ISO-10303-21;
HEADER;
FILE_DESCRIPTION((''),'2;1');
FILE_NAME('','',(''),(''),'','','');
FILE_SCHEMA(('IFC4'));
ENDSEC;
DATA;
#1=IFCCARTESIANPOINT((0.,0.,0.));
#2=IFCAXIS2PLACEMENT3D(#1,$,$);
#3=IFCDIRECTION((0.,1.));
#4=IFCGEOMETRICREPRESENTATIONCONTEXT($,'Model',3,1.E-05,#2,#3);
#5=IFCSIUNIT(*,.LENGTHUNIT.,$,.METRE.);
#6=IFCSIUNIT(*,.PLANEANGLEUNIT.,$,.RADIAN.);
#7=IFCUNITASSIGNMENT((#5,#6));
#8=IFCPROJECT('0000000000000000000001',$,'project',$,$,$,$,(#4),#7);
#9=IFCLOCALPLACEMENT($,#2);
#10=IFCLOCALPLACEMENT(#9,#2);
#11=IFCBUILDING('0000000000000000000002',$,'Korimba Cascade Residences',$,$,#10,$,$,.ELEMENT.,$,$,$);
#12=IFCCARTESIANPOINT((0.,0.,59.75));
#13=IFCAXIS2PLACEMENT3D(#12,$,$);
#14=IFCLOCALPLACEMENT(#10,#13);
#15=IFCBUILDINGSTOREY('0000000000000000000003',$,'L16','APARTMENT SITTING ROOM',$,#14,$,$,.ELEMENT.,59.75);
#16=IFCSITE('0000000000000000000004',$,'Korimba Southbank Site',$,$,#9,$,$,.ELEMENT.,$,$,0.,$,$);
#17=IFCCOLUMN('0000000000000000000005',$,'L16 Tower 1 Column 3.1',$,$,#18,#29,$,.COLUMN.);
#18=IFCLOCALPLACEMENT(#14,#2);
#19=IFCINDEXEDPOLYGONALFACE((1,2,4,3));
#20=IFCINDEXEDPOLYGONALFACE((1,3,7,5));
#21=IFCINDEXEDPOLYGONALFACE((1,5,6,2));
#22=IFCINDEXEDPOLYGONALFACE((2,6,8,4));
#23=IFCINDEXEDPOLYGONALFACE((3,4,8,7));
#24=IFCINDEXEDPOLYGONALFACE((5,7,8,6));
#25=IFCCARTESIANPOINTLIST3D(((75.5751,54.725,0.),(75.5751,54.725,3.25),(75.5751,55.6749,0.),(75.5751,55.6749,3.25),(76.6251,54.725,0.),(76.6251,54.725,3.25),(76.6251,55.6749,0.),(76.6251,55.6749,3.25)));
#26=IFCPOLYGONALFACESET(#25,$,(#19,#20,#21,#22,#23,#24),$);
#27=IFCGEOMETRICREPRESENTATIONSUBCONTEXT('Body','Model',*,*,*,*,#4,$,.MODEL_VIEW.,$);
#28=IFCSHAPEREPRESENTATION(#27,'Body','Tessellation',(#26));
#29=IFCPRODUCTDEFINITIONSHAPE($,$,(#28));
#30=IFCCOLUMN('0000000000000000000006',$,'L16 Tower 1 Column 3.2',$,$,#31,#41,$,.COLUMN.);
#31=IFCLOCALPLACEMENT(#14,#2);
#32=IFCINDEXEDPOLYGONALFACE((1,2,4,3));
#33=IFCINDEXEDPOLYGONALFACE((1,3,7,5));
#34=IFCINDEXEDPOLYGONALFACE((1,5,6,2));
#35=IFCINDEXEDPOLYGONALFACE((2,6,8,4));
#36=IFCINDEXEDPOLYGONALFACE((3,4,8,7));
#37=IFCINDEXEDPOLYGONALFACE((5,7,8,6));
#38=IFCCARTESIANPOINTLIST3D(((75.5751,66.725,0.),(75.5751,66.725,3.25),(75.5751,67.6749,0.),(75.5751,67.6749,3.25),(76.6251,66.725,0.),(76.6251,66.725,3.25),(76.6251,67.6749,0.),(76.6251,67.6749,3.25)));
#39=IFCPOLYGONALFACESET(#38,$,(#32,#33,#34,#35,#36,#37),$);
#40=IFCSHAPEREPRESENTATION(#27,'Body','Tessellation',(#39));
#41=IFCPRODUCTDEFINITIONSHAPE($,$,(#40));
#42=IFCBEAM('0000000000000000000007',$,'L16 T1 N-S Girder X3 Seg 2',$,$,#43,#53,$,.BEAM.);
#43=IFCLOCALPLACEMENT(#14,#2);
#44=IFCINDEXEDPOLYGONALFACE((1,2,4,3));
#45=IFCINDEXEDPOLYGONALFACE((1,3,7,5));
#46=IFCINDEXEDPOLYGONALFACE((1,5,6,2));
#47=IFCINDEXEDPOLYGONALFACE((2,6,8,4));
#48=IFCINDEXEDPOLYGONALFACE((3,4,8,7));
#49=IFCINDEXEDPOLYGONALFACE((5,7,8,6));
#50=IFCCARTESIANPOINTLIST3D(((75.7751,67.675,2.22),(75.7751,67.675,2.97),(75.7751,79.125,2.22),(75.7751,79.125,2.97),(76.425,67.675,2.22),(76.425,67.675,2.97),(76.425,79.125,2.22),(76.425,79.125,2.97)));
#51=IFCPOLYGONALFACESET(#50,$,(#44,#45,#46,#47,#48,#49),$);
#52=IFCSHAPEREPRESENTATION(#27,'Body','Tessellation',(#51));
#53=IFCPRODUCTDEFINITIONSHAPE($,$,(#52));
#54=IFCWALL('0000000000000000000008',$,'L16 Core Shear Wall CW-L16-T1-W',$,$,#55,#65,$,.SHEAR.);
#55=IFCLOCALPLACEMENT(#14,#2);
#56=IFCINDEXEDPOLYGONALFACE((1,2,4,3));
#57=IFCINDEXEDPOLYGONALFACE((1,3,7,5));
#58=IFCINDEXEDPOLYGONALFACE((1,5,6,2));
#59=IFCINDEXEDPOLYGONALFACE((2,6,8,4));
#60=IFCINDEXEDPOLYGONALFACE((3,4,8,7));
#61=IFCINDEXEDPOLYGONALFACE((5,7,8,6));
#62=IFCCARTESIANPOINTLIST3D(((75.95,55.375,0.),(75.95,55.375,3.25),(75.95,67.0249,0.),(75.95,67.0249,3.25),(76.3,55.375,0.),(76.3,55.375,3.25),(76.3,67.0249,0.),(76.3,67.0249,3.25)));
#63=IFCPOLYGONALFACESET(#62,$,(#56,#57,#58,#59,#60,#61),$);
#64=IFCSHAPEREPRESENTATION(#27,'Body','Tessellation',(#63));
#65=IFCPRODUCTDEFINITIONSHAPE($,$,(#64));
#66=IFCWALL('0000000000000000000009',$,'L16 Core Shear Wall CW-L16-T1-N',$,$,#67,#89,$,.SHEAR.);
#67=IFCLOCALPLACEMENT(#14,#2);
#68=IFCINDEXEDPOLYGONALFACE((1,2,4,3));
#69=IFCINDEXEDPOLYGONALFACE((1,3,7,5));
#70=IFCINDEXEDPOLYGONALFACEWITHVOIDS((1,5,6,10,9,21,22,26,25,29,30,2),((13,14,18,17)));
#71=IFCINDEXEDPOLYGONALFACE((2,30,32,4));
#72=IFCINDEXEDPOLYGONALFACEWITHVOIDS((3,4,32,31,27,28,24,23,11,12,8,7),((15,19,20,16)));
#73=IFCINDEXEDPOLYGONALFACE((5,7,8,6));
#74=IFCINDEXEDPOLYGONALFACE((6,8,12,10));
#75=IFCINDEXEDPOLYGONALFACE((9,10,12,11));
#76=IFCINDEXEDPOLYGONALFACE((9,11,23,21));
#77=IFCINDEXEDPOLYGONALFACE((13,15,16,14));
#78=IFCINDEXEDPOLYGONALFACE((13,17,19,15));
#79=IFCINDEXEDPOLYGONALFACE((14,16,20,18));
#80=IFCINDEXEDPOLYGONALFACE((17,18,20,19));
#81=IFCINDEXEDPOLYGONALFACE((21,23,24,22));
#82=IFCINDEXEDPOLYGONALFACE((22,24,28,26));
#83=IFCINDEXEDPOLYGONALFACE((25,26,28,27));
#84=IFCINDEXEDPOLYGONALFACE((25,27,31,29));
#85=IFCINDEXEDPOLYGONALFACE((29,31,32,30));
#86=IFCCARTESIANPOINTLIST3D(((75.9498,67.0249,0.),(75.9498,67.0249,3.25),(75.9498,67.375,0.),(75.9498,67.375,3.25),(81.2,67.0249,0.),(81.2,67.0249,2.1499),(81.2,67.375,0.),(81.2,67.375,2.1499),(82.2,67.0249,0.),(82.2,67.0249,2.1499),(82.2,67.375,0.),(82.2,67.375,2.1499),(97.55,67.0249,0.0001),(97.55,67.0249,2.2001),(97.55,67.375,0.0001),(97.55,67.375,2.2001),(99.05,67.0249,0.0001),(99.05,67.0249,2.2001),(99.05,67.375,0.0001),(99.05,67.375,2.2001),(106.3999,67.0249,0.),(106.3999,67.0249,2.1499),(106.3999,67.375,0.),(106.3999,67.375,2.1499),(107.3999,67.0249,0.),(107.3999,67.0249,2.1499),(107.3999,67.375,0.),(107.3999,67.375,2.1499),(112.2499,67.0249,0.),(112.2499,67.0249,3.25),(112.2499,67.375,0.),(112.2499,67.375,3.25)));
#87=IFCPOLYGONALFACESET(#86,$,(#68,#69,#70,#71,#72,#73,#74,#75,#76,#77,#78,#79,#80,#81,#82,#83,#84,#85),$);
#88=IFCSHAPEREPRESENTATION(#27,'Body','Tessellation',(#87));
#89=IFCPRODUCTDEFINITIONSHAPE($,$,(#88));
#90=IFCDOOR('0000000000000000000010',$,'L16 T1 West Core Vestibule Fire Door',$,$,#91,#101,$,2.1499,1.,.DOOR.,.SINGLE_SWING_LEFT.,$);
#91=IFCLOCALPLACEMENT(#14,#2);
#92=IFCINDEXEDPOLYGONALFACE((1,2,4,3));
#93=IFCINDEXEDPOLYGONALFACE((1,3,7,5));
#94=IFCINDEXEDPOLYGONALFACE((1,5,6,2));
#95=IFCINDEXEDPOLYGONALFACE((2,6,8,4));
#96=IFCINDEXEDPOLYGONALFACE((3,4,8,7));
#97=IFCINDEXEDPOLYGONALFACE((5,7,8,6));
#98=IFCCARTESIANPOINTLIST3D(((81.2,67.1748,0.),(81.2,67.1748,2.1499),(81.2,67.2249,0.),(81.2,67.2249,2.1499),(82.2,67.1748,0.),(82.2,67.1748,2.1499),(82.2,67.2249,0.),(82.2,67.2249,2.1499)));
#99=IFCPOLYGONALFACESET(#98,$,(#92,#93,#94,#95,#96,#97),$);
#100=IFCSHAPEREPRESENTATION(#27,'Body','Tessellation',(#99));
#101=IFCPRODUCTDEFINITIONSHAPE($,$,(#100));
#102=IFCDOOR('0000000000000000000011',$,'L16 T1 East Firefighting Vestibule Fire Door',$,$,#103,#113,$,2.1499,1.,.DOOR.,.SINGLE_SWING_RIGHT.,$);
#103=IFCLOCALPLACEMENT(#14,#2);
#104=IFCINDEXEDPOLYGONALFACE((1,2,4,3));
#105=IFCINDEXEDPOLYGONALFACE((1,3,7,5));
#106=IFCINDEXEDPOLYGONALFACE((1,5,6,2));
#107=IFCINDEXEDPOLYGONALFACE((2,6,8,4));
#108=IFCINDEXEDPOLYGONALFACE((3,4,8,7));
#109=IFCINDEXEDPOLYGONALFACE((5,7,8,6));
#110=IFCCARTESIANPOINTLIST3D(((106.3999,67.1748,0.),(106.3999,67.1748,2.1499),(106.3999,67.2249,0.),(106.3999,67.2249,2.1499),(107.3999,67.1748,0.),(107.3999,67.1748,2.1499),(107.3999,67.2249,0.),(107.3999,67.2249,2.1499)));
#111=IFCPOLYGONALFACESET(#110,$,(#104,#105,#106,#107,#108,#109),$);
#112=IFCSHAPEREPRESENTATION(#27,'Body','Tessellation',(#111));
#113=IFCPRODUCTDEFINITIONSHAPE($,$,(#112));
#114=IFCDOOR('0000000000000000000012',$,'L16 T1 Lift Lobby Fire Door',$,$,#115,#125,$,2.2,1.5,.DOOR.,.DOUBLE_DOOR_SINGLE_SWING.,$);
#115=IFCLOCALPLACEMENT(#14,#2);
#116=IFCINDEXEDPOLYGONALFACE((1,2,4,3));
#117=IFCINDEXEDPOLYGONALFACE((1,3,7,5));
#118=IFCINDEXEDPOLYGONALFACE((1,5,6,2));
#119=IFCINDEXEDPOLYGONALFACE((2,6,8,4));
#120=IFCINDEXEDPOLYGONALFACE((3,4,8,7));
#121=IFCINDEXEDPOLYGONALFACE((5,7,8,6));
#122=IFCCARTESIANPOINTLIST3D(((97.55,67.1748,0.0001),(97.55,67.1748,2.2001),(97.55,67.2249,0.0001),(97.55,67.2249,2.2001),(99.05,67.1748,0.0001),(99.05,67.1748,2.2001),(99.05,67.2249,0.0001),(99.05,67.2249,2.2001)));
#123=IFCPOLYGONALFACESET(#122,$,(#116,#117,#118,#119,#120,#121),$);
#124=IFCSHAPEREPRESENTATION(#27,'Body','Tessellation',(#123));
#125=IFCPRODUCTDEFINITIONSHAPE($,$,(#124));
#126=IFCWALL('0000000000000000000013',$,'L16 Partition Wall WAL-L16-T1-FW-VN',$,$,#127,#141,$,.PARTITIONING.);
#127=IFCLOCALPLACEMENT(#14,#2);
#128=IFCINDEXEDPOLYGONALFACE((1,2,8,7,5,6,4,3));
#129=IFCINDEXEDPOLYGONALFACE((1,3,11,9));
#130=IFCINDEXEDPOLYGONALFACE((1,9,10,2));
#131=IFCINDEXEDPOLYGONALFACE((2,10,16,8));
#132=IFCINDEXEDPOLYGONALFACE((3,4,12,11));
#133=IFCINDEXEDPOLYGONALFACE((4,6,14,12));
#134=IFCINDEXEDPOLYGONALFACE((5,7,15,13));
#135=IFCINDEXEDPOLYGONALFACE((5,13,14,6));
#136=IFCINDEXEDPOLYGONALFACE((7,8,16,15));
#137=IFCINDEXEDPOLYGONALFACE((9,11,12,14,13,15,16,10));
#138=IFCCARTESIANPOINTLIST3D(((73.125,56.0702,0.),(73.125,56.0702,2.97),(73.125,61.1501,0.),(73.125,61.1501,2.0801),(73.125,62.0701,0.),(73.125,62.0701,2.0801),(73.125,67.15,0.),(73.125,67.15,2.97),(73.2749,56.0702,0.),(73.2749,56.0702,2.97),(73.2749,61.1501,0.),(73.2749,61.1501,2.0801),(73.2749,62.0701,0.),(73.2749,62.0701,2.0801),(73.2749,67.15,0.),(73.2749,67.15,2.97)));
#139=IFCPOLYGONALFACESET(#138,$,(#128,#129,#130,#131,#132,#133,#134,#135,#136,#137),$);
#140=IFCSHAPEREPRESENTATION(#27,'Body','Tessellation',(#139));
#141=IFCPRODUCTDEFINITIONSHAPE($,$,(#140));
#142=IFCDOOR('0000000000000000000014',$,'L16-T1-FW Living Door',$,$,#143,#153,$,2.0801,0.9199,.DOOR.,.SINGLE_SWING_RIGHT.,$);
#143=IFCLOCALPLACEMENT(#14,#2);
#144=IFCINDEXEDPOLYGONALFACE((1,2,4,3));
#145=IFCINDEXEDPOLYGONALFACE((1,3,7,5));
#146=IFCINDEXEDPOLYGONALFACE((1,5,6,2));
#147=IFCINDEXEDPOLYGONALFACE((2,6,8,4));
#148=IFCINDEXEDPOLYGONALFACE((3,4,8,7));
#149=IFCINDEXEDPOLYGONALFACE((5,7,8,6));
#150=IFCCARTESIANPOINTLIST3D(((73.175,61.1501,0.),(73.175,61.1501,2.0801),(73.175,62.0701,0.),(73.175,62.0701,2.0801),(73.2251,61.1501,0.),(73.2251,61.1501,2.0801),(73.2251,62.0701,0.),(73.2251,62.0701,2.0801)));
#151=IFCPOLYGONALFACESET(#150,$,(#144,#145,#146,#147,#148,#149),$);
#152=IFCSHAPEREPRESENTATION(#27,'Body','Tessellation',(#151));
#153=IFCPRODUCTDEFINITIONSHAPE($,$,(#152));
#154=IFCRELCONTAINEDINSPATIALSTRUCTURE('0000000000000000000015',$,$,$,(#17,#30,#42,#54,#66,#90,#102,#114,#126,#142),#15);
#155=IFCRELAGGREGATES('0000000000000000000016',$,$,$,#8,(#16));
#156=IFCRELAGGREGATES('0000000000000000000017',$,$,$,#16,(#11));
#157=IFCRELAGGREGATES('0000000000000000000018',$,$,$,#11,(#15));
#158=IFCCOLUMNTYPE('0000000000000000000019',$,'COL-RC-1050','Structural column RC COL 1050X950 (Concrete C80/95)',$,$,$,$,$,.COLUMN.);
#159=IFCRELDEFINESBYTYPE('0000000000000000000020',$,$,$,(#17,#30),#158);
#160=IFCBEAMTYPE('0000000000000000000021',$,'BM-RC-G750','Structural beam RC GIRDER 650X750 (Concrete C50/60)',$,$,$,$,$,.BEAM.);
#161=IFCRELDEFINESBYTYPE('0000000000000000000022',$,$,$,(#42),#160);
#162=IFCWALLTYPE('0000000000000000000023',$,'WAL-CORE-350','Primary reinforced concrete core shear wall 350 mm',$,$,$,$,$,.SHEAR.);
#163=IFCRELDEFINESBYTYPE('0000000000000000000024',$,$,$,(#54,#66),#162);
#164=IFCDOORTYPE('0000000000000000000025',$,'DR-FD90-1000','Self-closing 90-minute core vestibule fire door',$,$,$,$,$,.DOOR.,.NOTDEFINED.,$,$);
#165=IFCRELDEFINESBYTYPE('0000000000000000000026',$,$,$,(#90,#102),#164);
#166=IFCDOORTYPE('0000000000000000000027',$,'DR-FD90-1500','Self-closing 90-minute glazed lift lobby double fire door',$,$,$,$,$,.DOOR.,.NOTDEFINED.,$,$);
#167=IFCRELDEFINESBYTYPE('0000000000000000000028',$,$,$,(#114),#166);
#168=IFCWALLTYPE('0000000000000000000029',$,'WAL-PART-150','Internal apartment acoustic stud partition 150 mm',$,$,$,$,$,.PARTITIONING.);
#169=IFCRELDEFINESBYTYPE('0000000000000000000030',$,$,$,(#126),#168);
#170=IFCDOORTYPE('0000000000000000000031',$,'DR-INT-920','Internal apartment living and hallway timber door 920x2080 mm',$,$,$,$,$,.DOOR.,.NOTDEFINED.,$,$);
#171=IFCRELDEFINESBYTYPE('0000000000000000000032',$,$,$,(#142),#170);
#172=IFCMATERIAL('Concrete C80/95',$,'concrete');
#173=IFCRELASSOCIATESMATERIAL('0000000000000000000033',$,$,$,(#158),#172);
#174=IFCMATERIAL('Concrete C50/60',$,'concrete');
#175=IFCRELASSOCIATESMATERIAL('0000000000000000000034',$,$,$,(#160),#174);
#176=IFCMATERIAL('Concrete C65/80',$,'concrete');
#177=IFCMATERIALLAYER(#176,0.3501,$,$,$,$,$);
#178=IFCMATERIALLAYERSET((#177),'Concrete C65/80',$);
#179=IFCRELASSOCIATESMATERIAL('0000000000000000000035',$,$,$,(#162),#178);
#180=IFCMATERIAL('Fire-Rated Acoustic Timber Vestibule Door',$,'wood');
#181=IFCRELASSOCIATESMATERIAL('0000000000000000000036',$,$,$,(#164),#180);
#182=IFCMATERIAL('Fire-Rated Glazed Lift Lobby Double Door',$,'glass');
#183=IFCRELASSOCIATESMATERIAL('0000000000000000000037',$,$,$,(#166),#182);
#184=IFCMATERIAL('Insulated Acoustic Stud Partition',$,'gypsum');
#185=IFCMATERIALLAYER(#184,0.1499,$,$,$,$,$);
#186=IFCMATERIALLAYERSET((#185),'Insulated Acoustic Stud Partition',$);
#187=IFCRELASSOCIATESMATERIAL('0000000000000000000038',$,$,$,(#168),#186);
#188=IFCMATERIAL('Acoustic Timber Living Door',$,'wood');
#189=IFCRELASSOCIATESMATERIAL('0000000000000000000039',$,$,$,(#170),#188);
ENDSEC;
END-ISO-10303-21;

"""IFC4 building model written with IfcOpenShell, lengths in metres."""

from ifc_helpers import new_model, si_unit, direction, frame, frame_2d, origin, origin_2d, place, context, subcontext, project, spatial, rectangle, extrude, material, layer, layer_set, material_profile, profile_set, type_object, element, fill, save


model = new_model("IFC4")

# Units and contexts
model_context = context("Model", 3, precision=1e-05, world=origin(), true_north=direction((0.0, 1.0)))
body_context = subcontext(model_context, "Body", "Model", "MODEL_VIEW")
ifc_project = project(units=[si_unit("LENGTHUNIT", "METRE"), si_unit("PLANEANGLEUNIT", "RADIAN")], contexts=[model_context])

# Site, building, storey
site_placement = place(None, origin())
site = spatial("IfcSite", under=ifc_project, at=site_placement, Name="Korimba Southbank Site", CompositionType="ELEMENT", RefElevation=0.0)
building_placement = place(site_placement, origin())
building = spatial("IfcBuilding", under=site, at=building_placement, Name="Korimba Cascade Residences", CompositionType="ELEMENT")
storey_placement = place(building_placement, frame((0.0, 0.0, 59.75)))
storey = spatial("IfcBuildingStorey", under=building, at=storey_placement, Name="L16", Description="APARTMENT SITTING ROOM", CompositionType="ELEMENT", Elevation=59.75)

# Columns
ifc_material_1 = material(Name="Concrete C80/95", Category="concrete")
ifc_material_profile_1 = material_profile(ifc_material_1, rectangle(XDim=1.05, YDim=0.95, at=origin_2d()), Name="Concrete C80/95")
ifc_profile_set_1 = profile_set([ifc_material_profile_1], Name="Concrete C80/95")
column_type = type_object("IfcColumnType", Name="COL-RC-1050", Description="Structural column RC COL 1050X950 (Concrete C80/95)", PredefinedType="COLUMN", material=ifc_profile_set_1)
for number, where, z_axis, x_axis, name in (
    (1, (76.1001, 55.2, 0.0), (0.0, 0.0, 1.0), (1.0, 0.0, 0.0), "L16 Tower 1 Column 3.1"),
    (2, (76.1001, 67.2, 0.0), (0.0, 0.0, 1.0), (1.0, 0.0, 0.0), "L16 Tower 1 Column 3.2"),
):
    element("IfcColumn", number, at=place(storey_placement, frame(where, z_axis=z_axis, x_axis=x_axis)), inside=storey, type_object=column_type, Name=name, PredefinedType="COLUMN", context=body_context, shape_type="SweptSolid", body=[
        extrude(rectangle(XDim=1.05, YDim=0.95, at=origin_2d()), origin(), (0.0, 0.0, 1.0), 3.25),
    ])

# Beam
ifc_material_2 = material(Name="Concrete C50/60", Category="concrete")
ifc_material_profile_2 = material_profile(ifc_material_2, rectangle(XDim=0.6499, YDim=0.75, at=origin_2d()), Name="Concrete C50/60")
ifc_profile_set_2 = profile_set([ifc_material_profile_2], Name="Concrete C50/60")
beam_type = type_object("IfcBeamType", Name="BM-RC-G750", Description="Structural beam RC GIRDER 650X750 (Concrete C50/60)", PredefinedType="BEAM", material=ifc_profile_set_2)
beam_placement = place(storey_placement, frame((76.1001, 67.675, 2.595), z_axis=(0.0, 1.0, 0.0), x_axis=(-1.0, 0.0, 0.0)))
element("IfcBeam", 3, at=beam_placement, inside=storey, type_object=beam_type, Name="L16 T1 N-S Girder X3 Seg 2", PredefinedType="BEAM", context=body_context, shape_type="SweptSolid", body=[
    extrude(rectangle(XDim=0.6499, YDim=0.75, at=origin_2d()), origin(), (0.0, 0.0, 1.0), 11.45),
])

# Wall
ifc_material_3 = material(Name="Concrete C65/80", Category="concrete")
ifc_layer_1 = layer(ifc_material_3, 0.3501)
ifc_layer_set_1 = layer_set([ifc_layer_1], Name="Concrete C65/80")
wall_type_1 = type_object("IfcWallType", Name="WAL-CORE-350", Description="Primary reinforced concrete core shear wall 350 mm", PredefinedType="SHEAR", material=ifc_layer_set_1)
wall_1_placement = place(storey_placement, frame((76.125, 55.375, 0.0), z_axis=(0.0, 0.0, 1.0), x_axis=(0.0, 1.0, 0.0)))
element("IfcWall", 4, at=wall_1_placement, inside=storey, type_object=wall_type_1, Name="L16 Core Shear Wall CW-L16-T1-W", PredefinedType="SHEAR", context=body_context, shape_type="SweptSolid", body=[
    extrude(rectangle(XDim=11.6499, YDim=0.3501, at=frame_2d((5.825, 0.0))), origin(), (0.0, 0.0, 1.0), 3.25),
])

# Wall, openings, doors
wall_2_placement = place(storey_placement, frame((75.95, 67.2, 0.0), z_axis=(0.0, 0.0, 1.0), x_axis=(1.0, 0.0, 0.0)))
wall_2 = element("IfcWall", 5, at=wall_2_placement, inside=storey, type_object=wall_type_1, Name="L16 Core Shear Wall CW-L16-T1-N", PredefinedType="SHEAR", context=body_context, shape_type="SweptSolid", body=[
    extrude(rectangle(XDim=36.3, YDim=0.3501, at=frame_2d((18.1499, 0.0))), origin(), (0.0, 0.0, 1.0), 3.25),
])
opening_1_placement = place(wall_2_placement, frame((5.25, 0.0, 0.0)))
opening_1 = element("IfcOpeningElement", 6, at=opening_1_placement, cuts=wall_2, PredefinedType="OPENING", context=body_context, shape_type="SweptSolid", body=[
    extrude(rectangle(XDim=1.0, YDim=2.1499, at=frame_2d((0.5, 1.075))), frame((0.0, 0.1851, 0.0), z_axis=(0.0, -1.0, 0.0), x_axis=(1.0, 0.0, 0.0)), (0.0, 0.0, 1.0), 0.3701),
])
opening_2_placement = place(wall_2_placement, frame((21.6001, 0.0, 0.0)))
opening_2 = element("IfcOpeningElement", 7, at=opening_2_placement, cuts=wall_2, PredefinedType="OPENING", context=body_context, shape_type="SweptSolid", body=[
    extrude(rectangle(XDim=1.5, YDim=2.2, at=frame_2d((0.75, 1.1001))), frame((0.0, 0.1851, 0.0), z_axis=(0.0, -1.0, 0.0), x_axis=(1.0, 0.0, 0.0)), (0.0, 0.0, 1.0), 0.3701),
])
opening_3_placement = place(wall_2_placement, frame((30.45, 0.0, 0.0)))
opening_3 = element("IfcOpeningElement", 8, at=opening_3_placement, cuts=wall_2, PredefinedType="OPENING", context=body_context, shape_type="SweptSolid", body=[
    extrude(rectangle(XDim=1.0, YDim=2.1499, at=frame_2d((0.5, 1.075))), frame((0.0, 0.1851, 0.0), z_axis=(0.0, -1.0, 0.0), x_axis=(1.0, 0.0, 0.0)), (0.0, 0.0, 1.0), 0.3701),
])
ifc_material_4 = material(Name="Fire-Rated Acoustic Timber Vestibule Door", Category="wood")
door_type_1 = type_object("IfcDoorType", Name="DR-FD90-1000", Description="Self-closing 90-minute core vestibule fire door", OperationType="NOTDEFINED", PredefinedType="DOOR", material=ifc_material_4)
door_1_placement = place(opening_1_placement, origin())
door_1 = element("IfcDoor", 9, at=door_1_placement, inside=storey, type_object=door_type_1, Name="L16 T1 West Core Vestibule Fire Door", OperationType="SINGLE_SWING_LEFT", OverallHeight=2.1499, OverallWidth=1.0, PredefinedType="DOOR", context=body_context, shape_type="SweptSolid", body=[
    extrude(rectangle(XDim=1.0, YDim=2.1499, at=frame_2d((0.5, 1.075))), frame((0.0, 0.0249, 0.0), z_axis=(0.0, -1.0, 0.0), x_axis=(1.0, 0.0, 0.0)), (0.0, 0.0, 1.0), 0.05),
])
fill(opening_1, door_1)
door_2_placement = place(opening_3_placement, origin())
door_2 = element("IfcDoor", 10, at=door_2_placement, inside=storey, type_object=door_type_1, Name="L16 T1 East Firefighting Vestibule Fire Door", OperationType="SINGLE_SWING_RIGHT", OverallHeight=2.1499, OverallWidth=1.0, PredefinedType="DOOR", context=body_context, shape_type="SweptSolid", body=[
    extrude(rectangle(XDim=1.0, YDim=2.1499, at=frame_2d((0.5, 1.075))), frame((0.0, 0.0249, 0.0), z_axis=(0.0, -1.0, 0.0), x_axis=(1.0, 0.0, 0.0)), (0.0, 0.0, 1.0), 0.05),
])
fill(opening_3, door_2)
ifc_material_5 = material(Name="Fire-Rated Glazed Lift Lobby Double Door", Category="glass")
door_type_2 = type_object("IfcDoorType", Name="DR-FD90-1500", Description="Self-closing 90-minute glazed lift lobby double fire door", OperationType="NOTDEFINED", PredefinedType="DOOR", material=ifc_material_5)
door_3_placement = place(opening_2_placement, origin())
door_3 = element("IfcDoor", 11, at=door_3_placement, inside=storey, type_object=door_type_2, Name="L16 T1 Lift Lobby Fire Door", OperationType="DOUBLE_DOOR_SINGLE_SWING", OverallHeight=2.2, OverallWidth=1.5, PredefinedType="DOOR", context=body_context, shape_type="SweptSolid", body=[
    extrude(rectangle(XDim=1.5, YDim=2.2, at=frame_2d((0.75, 1.1001))), frame((0.0, 0.0249, 0.0), z_axis=(0.0, -1.0, 0.0), x_axis=(1.0, 0.0, 0.0)), (0.0, 0.0, 1.0), 0.05),
])
fill(opening_2, door_3)

# Wall, opening, door
ifc_material_6 = material(Name="Insulated Acoustic Stud Partition", Category="gypsum")
ifc_layer_2 = layer(ifc_material_6, 0.1499)
ifc_layer_set_2 = layer_set([ifc_layer_2], Name="Insulated Acoustic Stud Partition")
wall_type_2 = type_object("IfcWallType", Name="WAL-PART-150", Description="Internal apartment acoustic stud partition 150 mm", PredefinedType="PARTITIONING", material=ifc_layer_set_2)
wall_3_placement = place(storey_placement, frame((73.2, 56.0701, 0.0), z_axis=(0.0, 0.0, 1.0), x_axis=(0.0, 1.0, 0.0)))
wall_3 = element("IfcWall", 12, at=wall_3_placement, inside=storey, type_object=wall_type_2, Name="L16 Partition Wall WAL-L16-T1-FW-VN", PredefinedType="PARTITIONING", context=body_context, shape_type="SweptSolid", body=[
    extrude(rectangle(XDim=11.0798, YDim=0.1499, at=frame_2d((5.54, 0.0))), origin(), (0.0, 0.0, 1.0), 2.97),
])
opening_4_placement = place(wall_3_placement, frame((5.0801, 0.0, 0.0)))
opening_4 = element("IfcOpeningElement", 13, at=opening_4_placement, cuts=wall_3, PredefinedType="OPENING", context=body_context, shape_type="SweptSolid", body=[
    extrude(rectangle(XDim=0.9199, YDim=2.0801, at=frame_2d((0.46, 1.04))), frame((0.0, 0.085, 0.0), z_axis=(0.0, -1.0, 0.0), x_axis=(1.0, 0.0, 0.0)), (0.0, 0.0, 1.0), 0.1699),
])
ifc_material_7 = material(Name="Acoustic Timber Living Door", Category="wood")
door_type_3 = type_object("IfcDoorType", Name="DR-INT-920", Description="Internal apartment living and hallway timber door 920x2080 mm", OperationType="NOTDEFINED", PredefinedType="DOOR", material=ifc_material_7)
door_4_placement = place(opening_4_placement, origin())
door_4 = element("IfcDoor", 14, at=door_4_placement, inside=storey, type_object=door_type_3, Name="L16-T1-FW Living Door", OperationType="SINGLE_SWING_RIGHT", OverallHeight=2.0801, OverallWidth=0.9199, PredefinedType="DOOR", context=body_context, shape_type="SweptSolid", body=[
    extrude(rectangle(XDim=0.9199, YDim=2.0801, at=frame_2d((0.46, 1.04))), frame((0.0, 0.0249, 0.0), z_axis=(0.0, -1.0, 0.0), x_axis=(1.0, 0.0, 0.0)), (0.0, 0.0, 1.0), 0.05),
])
fill(opening_4, door_4)

save(model, "model.ifc")
